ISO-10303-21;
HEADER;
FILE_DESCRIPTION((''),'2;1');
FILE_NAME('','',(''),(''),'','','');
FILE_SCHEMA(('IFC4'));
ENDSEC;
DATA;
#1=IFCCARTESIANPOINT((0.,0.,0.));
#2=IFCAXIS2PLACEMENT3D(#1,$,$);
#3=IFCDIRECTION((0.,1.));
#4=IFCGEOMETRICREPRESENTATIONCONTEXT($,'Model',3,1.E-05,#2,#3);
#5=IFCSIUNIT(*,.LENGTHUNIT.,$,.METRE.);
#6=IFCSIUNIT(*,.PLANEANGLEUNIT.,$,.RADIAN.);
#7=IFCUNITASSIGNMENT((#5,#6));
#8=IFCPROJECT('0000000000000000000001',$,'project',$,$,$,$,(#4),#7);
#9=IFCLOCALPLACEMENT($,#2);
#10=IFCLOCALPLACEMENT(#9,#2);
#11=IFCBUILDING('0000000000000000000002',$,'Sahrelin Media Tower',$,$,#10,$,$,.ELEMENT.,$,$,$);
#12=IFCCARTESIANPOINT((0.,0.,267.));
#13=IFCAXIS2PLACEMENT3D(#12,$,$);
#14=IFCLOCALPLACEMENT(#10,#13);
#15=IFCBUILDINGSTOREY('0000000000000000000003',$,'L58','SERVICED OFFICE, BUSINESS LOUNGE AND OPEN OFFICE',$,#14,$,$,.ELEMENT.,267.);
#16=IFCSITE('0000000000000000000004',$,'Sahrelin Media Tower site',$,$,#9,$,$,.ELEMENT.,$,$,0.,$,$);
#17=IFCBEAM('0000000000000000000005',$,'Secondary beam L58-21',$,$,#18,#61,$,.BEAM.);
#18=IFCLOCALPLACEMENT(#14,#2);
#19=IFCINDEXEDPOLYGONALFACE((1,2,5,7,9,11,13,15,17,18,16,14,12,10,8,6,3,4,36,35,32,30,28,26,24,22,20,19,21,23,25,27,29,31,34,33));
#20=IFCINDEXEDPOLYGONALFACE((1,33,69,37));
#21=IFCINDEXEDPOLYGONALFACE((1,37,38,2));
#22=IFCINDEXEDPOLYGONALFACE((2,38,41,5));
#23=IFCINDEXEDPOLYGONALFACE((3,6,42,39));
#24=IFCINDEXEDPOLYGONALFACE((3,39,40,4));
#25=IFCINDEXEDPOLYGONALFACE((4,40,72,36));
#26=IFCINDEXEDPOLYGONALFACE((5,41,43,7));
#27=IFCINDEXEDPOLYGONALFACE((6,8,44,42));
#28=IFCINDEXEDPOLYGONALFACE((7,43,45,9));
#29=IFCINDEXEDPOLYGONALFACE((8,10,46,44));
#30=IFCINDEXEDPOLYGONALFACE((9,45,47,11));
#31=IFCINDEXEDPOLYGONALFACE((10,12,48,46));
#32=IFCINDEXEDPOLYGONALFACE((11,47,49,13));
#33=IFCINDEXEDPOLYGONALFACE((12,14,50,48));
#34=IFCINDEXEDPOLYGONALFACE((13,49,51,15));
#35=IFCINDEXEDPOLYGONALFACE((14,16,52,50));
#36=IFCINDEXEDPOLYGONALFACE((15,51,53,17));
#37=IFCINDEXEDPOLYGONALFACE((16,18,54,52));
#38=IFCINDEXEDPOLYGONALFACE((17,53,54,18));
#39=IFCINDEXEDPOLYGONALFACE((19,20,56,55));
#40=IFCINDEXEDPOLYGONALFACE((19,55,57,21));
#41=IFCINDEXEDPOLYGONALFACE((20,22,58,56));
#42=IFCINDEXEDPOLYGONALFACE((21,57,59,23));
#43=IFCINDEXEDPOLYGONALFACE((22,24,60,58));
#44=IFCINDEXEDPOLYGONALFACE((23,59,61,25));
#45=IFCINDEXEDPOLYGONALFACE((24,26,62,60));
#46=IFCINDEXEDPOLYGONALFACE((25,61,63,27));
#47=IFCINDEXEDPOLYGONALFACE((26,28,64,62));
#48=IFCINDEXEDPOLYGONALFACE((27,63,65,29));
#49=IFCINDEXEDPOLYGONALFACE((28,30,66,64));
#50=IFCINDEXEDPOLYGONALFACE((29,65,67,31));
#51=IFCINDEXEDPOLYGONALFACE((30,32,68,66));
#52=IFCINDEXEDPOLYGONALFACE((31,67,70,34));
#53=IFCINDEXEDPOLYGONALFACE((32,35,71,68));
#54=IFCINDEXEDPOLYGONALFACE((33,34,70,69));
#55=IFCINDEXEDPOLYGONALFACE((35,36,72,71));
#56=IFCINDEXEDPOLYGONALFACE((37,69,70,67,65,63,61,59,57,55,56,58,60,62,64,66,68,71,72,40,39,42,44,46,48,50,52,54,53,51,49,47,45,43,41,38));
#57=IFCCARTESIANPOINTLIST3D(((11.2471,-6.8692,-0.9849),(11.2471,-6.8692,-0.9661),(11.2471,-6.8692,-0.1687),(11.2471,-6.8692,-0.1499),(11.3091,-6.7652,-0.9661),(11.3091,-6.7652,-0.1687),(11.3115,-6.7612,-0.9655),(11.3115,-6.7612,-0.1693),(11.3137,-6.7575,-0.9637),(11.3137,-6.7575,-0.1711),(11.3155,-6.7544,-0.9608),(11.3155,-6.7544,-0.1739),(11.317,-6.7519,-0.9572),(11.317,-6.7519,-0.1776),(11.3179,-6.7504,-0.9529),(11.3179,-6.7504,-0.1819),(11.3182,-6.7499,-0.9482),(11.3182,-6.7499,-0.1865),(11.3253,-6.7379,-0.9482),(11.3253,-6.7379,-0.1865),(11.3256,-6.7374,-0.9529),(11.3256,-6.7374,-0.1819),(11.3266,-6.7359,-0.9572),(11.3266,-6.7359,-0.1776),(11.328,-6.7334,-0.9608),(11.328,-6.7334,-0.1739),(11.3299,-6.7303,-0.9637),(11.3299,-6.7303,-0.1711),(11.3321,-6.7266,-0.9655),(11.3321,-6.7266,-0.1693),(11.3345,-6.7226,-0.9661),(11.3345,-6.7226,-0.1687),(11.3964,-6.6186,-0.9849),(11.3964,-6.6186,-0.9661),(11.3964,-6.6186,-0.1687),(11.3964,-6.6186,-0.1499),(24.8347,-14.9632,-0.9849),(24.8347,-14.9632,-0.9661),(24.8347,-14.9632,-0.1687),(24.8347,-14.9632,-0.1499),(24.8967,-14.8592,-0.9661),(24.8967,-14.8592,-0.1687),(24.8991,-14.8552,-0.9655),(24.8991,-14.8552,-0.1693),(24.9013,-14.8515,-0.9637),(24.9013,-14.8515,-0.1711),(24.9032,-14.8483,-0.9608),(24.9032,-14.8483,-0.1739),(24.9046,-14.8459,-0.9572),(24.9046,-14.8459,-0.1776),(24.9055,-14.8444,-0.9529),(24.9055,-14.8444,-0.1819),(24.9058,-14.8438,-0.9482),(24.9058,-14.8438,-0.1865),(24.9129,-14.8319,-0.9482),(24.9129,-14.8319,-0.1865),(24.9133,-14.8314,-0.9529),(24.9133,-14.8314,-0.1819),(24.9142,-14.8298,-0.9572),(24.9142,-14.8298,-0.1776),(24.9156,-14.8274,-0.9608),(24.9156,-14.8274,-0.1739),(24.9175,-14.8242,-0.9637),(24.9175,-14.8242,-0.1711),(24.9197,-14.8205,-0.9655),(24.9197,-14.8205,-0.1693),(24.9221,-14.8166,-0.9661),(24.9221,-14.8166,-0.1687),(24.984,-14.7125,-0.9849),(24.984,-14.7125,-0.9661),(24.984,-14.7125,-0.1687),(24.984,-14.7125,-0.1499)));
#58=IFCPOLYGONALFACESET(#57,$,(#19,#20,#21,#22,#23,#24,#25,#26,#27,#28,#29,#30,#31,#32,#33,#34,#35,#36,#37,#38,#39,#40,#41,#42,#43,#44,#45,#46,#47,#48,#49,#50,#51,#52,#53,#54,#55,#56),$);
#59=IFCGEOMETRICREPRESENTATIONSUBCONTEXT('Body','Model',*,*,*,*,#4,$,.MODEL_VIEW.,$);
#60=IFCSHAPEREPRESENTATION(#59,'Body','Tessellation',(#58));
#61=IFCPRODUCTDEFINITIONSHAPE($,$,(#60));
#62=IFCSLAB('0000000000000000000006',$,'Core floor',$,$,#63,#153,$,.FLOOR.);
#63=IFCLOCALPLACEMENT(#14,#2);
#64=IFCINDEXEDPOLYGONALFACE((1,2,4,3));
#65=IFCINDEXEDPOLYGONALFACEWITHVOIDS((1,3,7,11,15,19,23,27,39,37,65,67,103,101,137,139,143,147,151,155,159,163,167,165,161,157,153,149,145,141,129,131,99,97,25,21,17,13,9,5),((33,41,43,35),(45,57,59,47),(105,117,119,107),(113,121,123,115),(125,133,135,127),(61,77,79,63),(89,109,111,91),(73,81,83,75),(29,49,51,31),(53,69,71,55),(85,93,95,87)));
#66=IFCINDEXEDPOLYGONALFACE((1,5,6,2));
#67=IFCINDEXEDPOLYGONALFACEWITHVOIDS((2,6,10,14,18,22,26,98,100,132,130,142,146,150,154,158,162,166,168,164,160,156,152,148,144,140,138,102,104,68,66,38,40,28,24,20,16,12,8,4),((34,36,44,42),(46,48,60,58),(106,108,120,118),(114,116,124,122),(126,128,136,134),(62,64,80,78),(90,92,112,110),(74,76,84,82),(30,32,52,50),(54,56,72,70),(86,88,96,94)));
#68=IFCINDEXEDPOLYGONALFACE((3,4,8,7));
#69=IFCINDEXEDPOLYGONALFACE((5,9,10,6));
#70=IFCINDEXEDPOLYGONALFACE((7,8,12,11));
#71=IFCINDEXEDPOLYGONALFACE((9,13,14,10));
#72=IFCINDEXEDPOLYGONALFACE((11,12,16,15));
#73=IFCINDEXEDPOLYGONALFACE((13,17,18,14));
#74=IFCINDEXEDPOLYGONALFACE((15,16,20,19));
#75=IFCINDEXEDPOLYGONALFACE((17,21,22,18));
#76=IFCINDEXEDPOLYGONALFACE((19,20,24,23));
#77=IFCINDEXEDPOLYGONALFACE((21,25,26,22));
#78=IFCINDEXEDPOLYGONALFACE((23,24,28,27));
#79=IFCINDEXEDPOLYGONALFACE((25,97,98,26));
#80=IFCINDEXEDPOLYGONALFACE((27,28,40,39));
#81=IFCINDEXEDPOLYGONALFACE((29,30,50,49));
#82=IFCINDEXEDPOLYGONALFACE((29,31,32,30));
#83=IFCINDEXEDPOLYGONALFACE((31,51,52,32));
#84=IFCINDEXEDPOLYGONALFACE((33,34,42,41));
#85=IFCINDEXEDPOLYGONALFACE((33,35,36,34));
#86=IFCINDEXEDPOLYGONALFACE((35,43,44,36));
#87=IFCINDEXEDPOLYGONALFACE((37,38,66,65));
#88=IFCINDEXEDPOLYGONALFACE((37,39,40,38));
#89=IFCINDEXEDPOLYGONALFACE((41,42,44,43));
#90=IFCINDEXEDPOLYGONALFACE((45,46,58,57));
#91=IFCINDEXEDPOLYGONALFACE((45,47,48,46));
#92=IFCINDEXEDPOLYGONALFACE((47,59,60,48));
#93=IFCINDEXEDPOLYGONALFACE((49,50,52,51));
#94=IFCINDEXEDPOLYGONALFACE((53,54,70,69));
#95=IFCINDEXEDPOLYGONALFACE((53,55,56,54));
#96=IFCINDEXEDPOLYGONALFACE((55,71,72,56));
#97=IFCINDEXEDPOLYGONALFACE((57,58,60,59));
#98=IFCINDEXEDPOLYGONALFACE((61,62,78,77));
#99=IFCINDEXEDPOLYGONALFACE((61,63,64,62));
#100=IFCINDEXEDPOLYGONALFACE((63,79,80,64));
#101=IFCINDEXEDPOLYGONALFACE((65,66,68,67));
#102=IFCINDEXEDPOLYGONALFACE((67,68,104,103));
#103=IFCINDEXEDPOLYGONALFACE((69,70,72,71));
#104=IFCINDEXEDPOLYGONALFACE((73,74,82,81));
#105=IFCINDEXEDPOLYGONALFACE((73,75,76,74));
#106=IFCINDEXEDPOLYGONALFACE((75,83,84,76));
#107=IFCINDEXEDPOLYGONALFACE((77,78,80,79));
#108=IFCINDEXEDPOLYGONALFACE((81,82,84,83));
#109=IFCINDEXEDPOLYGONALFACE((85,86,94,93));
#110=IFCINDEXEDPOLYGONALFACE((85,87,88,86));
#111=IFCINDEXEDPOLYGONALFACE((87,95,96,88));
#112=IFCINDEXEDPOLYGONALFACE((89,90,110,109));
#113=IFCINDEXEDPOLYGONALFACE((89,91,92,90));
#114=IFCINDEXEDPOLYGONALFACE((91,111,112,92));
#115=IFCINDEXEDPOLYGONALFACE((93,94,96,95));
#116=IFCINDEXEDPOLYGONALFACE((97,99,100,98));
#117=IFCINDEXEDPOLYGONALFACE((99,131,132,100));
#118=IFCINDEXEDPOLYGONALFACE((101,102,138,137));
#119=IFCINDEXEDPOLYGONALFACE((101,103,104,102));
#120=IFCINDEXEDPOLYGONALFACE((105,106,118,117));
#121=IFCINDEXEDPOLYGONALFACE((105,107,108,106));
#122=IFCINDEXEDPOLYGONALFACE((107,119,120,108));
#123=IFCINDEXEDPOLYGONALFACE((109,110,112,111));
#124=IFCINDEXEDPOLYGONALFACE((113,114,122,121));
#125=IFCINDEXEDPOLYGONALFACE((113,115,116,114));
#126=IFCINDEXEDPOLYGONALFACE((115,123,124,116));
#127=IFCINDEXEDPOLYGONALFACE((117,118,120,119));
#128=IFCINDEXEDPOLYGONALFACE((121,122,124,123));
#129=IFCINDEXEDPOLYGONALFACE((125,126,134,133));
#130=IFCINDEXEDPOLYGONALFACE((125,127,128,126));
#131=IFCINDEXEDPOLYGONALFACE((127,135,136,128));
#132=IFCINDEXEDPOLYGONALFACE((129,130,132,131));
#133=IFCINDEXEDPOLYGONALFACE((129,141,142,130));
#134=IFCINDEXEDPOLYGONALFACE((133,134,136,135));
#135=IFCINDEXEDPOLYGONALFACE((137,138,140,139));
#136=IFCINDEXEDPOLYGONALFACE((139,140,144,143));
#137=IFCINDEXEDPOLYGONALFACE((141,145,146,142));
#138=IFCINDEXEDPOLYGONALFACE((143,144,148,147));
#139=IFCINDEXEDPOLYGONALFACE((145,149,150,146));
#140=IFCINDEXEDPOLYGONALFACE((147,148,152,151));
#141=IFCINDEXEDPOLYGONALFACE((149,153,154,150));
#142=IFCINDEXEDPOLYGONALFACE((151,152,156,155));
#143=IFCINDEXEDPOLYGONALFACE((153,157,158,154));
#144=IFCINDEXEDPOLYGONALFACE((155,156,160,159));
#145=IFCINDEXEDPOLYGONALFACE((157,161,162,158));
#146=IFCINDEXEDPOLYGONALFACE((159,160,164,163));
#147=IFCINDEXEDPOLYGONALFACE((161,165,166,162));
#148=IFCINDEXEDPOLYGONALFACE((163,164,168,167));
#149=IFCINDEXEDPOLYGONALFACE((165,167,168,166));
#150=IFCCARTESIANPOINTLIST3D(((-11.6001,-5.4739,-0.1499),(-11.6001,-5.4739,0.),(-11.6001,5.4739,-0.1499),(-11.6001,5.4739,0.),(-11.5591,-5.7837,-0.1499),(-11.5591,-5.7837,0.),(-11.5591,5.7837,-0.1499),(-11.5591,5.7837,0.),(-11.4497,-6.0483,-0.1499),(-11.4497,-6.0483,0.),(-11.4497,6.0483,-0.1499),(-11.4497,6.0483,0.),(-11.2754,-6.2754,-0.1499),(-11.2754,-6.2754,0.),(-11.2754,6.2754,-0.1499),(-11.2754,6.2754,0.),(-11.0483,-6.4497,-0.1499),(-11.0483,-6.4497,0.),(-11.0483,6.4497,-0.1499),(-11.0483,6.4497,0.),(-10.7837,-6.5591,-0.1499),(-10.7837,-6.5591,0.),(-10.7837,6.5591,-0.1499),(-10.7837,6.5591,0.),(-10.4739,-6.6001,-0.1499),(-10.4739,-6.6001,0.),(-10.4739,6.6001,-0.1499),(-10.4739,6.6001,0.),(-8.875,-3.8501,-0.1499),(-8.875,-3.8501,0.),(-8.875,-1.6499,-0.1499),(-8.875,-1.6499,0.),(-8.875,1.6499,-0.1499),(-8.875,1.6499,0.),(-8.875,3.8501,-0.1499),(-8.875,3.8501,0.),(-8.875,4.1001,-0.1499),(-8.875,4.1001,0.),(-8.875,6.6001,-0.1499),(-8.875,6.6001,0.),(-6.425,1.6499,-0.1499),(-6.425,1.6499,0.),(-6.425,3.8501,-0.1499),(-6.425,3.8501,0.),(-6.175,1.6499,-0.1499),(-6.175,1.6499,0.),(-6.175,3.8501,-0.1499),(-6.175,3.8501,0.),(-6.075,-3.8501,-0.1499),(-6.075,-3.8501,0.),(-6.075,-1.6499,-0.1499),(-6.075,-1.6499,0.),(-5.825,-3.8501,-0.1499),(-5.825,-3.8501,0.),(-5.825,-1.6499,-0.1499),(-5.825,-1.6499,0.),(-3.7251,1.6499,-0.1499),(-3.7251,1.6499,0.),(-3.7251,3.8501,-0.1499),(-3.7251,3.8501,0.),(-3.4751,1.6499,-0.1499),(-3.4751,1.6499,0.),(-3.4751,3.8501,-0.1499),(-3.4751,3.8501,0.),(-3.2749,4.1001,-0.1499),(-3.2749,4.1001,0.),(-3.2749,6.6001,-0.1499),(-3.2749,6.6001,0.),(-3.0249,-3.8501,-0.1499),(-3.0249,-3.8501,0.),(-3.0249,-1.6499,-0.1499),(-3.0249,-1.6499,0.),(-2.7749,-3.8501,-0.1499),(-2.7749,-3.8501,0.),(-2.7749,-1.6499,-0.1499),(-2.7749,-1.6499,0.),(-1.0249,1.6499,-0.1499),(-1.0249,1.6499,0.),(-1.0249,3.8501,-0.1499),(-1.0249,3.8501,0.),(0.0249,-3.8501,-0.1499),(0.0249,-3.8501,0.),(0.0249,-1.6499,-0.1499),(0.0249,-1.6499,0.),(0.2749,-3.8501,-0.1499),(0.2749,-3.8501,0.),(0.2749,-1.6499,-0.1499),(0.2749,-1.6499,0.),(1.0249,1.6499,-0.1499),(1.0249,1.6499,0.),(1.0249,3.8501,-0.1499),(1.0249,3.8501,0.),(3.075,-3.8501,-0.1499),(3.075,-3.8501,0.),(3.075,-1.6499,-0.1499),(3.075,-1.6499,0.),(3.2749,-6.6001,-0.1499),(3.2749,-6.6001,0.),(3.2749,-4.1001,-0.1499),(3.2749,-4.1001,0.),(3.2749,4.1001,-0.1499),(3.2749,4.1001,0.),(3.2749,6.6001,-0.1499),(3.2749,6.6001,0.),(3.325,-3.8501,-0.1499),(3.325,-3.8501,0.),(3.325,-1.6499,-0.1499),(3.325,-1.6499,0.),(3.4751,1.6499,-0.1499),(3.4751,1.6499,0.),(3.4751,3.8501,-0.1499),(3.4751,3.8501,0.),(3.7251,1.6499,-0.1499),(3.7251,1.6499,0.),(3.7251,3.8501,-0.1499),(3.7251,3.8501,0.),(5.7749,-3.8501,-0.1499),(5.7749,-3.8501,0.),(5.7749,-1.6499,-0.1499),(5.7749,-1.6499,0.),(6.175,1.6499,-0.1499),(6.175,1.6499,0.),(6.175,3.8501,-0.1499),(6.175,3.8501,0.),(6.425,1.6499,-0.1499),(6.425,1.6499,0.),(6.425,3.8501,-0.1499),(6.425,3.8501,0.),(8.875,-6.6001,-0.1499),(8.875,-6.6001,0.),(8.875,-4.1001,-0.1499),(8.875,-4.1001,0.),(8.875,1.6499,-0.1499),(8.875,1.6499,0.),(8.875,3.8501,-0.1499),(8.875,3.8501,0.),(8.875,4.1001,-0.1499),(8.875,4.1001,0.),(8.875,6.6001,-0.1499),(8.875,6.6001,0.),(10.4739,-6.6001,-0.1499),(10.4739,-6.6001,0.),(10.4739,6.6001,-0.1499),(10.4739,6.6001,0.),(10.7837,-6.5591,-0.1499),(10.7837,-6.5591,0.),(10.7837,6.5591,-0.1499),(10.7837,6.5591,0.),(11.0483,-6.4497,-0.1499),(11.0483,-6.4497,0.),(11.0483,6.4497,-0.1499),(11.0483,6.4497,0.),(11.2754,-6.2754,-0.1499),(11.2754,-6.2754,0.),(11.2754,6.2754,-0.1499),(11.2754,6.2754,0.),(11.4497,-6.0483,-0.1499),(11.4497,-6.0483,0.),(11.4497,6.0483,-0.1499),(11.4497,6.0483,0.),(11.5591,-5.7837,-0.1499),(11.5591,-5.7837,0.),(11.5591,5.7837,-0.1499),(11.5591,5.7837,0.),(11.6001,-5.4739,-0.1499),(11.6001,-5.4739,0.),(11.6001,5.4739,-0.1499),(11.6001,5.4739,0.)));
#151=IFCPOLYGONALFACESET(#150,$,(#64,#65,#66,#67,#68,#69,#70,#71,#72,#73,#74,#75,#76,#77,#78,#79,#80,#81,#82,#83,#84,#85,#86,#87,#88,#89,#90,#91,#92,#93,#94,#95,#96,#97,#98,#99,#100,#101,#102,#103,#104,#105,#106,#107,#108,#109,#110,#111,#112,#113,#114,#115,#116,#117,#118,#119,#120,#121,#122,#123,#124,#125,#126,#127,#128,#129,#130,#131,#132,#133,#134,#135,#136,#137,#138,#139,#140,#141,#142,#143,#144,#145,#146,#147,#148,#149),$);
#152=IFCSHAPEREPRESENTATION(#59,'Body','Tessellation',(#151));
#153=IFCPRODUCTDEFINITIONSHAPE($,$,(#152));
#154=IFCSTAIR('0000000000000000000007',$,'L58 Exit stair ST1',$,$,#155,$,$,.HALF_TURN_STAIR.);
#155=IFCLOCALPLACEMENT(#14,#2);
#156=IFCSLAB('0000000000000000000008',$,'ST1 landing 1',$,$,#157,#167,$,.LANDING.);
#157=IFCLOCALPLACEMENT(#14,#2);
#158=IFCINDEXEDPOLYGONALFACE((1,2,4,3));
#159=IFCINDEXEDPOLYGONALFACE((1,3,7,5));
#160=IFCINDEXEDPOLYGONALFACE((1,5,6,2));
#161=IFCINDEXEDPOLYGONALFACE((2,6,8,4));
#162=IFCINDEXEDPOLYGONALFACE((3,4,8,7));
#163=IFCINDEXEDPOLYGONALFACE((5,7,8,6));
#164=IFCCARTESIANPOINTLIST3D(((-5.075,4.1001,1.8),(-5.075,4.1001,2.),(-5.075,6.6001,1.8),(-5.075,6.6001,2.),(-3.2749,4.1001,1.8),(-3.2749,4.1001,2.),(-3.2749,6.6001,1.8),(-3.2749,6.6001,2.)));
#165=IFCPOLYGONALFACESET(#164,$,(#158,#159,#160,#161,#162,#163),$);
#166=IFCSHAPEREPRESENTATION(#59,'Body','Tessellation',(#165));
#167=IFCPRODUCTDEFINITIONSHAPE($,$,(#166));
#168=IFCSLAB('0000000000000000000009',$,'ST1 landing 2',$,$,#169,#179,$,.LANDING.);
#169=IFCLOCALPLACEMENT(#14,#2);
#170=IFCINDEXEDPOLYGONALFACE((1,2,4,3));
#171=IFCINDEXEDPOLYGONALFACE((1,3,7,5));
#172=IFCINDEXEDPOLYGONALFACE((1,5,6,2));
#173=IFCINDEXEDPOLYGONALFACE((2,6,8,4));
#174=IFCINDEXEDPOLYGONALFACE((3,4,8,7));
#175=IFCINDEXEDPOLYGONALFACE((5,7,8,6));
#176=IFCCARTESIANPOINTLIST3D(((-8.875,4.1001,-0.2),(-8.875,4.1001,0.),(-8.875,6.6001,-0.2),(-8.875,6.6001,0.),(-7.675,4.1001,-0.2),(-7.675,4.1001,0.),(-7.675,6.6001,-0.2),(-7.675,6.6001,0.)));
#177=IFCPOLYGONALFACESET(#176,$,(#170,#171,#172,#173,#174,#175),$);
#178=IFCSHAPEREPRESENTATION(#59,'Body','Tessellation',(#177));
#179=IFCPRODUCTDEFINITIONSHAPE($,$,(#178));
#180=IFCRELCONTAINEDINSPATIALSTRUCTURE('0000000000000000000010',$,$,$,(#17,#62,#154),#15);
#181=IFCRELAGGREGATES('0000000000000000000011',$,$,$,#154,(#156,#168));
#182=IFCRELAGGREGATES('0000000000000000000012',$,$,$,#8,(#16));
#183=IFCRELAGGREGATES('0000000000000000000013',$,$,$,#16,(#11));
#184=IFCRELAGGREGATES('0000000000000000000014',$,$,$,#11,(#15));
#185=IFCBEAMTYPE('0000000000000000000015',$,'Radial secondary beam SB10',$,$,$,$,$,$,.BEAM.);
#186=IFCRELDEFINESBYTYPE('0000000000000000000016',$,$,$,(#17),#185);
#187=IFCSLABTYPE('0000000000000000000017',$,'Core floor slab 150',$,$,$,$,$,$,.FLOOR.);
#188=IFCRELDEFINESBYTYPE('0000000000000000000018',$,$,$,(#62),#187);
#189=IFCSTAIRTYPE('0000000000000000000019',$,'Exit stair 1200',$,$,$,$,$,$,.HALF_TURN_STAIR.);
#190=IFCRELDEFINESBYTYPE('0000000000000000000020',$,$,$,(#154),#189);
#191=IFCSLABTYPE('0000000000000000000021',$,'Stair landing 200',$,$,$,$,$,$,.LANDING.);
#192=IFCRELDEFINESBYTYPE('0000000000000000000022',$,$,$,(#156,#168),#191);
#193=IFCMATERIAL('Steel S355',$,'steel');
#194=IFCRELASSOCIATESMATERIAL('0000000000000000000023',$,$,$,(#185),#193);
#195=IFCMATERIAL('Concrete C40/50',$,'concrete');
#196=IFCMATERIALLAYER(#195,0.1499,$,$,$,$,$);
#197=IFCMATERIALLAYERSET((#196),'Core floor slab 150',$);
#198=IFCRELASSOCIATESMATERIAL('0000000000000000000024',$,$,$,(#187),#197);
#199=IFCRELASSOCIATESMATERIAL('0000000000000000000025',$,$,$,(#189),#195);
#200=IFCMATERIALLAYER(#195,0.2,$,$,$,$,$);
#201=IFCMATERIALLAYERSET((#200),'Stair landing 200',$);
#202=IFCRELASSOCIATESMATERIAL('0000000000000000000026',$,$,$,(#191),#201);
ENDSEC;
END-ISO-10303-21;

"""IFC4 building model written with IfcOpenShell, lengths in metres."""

from ifc_helpers import new_model, si_unit, direction, frame, origin, origin_2d, place, context, subcontext, project, spatial, polyline, i_section, outline, extrude, material, layer, layer_set, material_profile, profile_set, type_object, element, aggregate, save


model = new_model("IFC4")

# Units and contexts
model_context = context("Model", 3, precision=1e-05, world=origin(), true_north=direction((0.0, 1.0)))
body_context = subcontext(model_context, "Body", "Model", "MODEL_VIEW")
ifc_project = project(units=[si_unit("LENGTHUNIT", "METRE"), si_unit("PLANEANGLEUNIT", "RADIAN")], contexts=[model_context])

# Site, building, storey
site_placement = place(None, origin())
site = spatial("IfcSite", under=ifc_project, at=site_placement, Name="Sahrelin Media Tower site", CompositionType="ELEMENT", RefElevation=0.0)
building_placement = place(site_placement, origin())
building = spatial("IfcBuilding", under=site, at=building_placement, Name="Sahrelin Media Tower", CompositionType="ELEMENT")
storey_placement = place(building_placement, frame((0.0, 0.0, 267.0)))
storey = spatial("IfcBuildingStorey", under=building, at=storey_placement, Name="L58", Description="SERVICED OFFICE, BUSINESS LOUNGE AND OPEN OFFICE", CompositionType="ELEMENT", Elevation=267.0)

# Beam
ifc_material_1 = material(Name="Steel S355", Category="steel")
ifc_material_profile = material_profile(ifc_material_1, i_section(OverallWidth=0.2917, OverallDepth=0.835, WebThickness=0.0139, FlangeThickness=0.0188, FilletRadius=0.0178, at=origin_2d()), Name="UB 838x292x176")
ifc_profile_set = profile_set([ifc_material_profile], Name="Steel S355")
beam_type = type_object("IfcBeamType", Name="Radial secondary beam SB10", PredefinedType="BEAM", material=ifc_profile_set)
beam_placement = place(storey_placement, frame((11.3218, -6.7439, -0.5674), z_axis=(0.859123, -0.511769, 0.0), x_axis=(0.511769, 0.859123, 0.0)))
element("IfcBeam", 1, at=beam_placement, inside=storey, type_object=beam_type, Name="Secondary beam L58-21", PredefinedType="BEAM", context=body_context, shape_type="SweptSolid", body=[
    extrude(i_section(OverallWidth=0.2917, OverallDepth=0.835, WebThickness=0.0139, FlangeThickness=0.0188, FilletRadius=0.0178, at=origin_2d()), origin(), (0.0, 0.0, 1.0), 15.8157),
])

# Slab
ifc_material_2 = material(Name="Concrete C40/50", Category="concrete")
ifc_layer_1 = layer(ifc_material_2, 0.1499)
ifc_layer_set_1 = layer_set([ifc_layer_1], Name="Core floor slab 150")
slab_type_1 = type_object("IfcSlabType", Name="Core floor slab 150", PredefinedType="FLOOR", material=ifc_layer_set_1)
slab_1_placement = place(storey_placement, frame((0.0, 0.0, -0.1499)))
element("IfcSlab", 2, at=slab_1_placement, inside=storey, type_object=slab_type_1, Name="Core floor", PredefinedType="FLOOR", context=body_context, shape_type="SweptSolid", body=[
    extrude(outline(polyline([(-11.6001, -5.4739), (-11.5591, -5.7837), (-11.4497, -6.0483), (-11.2754, -6.2754), (-11.0483, -6.4497), (-10.7837, -6.5591), (-10.4739, -6.6001), (3.2749, -6.6001), (3.2749, -4.1001), (8.875, -4.1001), (8.875, -6.6001), (10.4739, -6.6001), (10.7837, -6.5591), (11.0483, -6.4497), (11.2754, -6.2754), (11.4497, -6.0483), (11.5591, -5.7837), (11.6001, -5.4739), (11.6001, 5.4739), (11.5591, 5.7837), (11.4497, 6.0483), (11.2754, 6.2754), (11.0483, 6.4497), (10.7837, 6.5591), (10.4739, 6.6001), (8.875, 6.6001), (8.875, 4.1001), (3.2749, 4.1001), (3.2749, 6.6001), (-3.2749, 6.6001), (-3.2749, 4.1001), (-8.875, 4.1001), (-8.875, 6.6001), (-10.4739, 6.6001), (-10.7837, 6.5591), (-11.0483, 6.4497), (-11.2754, 6.2754), (-11.4497, 6.0483), (-11.5591, 5.7837), (-11.6001, 5.4739), (-11.6001, -5.4739)]), holes=[polyline([(-8.875, 3.8501), (-8.875, 1.6499), (-6.425, 1.6499), (-6.425, 3.8501), (-8.875, 3.8501)]), polyline([(-3.7251, 3.8501), (-6.175, 3.8501), (-6.175, 1.6499), (-3.7251, 1.6499), (-3.7251, 3.8501)]), polyline([(-1.0249, 1.6499), (-1.0249, 3.8501), (-3.4751, 3.8501), (-3.4751, 1.6499), (-1.0249, 1.6499)]), polyline([(1.0249, 1.6499), (3.4751, 1.6499), (3.4751, 3.8501), (1.0249, 3.8501), (1.0249, 1.6499)]), polyline([(3.7251, 3.8501), (3.7251, 1.6499), (6.175, 1.6499), (6.175, 3.8501), (3.7251, 3.8501)]), polyline([(8.875, 3.8501), (6.425, 3.8501), (6.425, 1.6499), (8.875, 1.6499), (8.875, 3.8501)]), polyline([(-6.075, -3.8501), (-6.075, -1.6499), (-8.875, -1.6499), (-8.875, -3.8501), (-6.075, -3.8501)]), polyline([(-5.825, -3.8501), (-3.0249, -3.8501), (-3.0249, -1.6499), (-5.825, -1.6499), (-5.825, -3.8501)]), polyline([(-2.7749, -1.6499), (-2.7749, -3.8501), (0.0249, -3.8501), (0.0249, -1.6499), (-2.7749, -1.6499)]), polyline([(3.075, -1.6499), (0.2749, -1.6499), (0.2749, -3.8501), (3.075, -3.8501), (3.075, -1.6499)]), polyline([(5.7749, -3.8501), (5.7749, -1.6499), (3.325, -1.6499), (3.325, -3.8501), (5.7749, -3.8501)])]), origin(), (0.0, 0.0, 1.0), 0.1499),
])

# Stair, slabs
stair_type = type_object("IfcStairType", Name="Exit stair 1200", PredefinedType="HALF_TURN_STAIR", material=ifc_material_2)
placement_1 = place(storey_placement, origin())
stair_1 = element("IfcStair", 3, at=placement_1, inside=storey, type_object=stair_type, Name="L58 Exit stair ST1", PredefinedType="HALF_TURN_STAIR")
ifc_layer_2 = layer(ifc_material_2, 0.2)
ifc_layer_set_2 = layer_set([ifc_layer_2], Name="Stair landing 200")
slab_type_2 = type_object("IfcSlabType", Name="Stair landing 200", PredefinedType="LANDING", material=ifc_layer_set_2)
placement_2 = place(storey_placement, frame((0.0, 0.0, 1.8)))
slab_2 = element("IfcSlab", 4, at=placement_2, type_object=slab_type_2, Name="ST1 landing 1", PredefinedType="LANDING", context=body_context, shape_type="SweptSolid", body=[
    extrude(outline(polyline([(-5.075, 4.1001), (-3.2749, 4.1001), (-3.2749, 6.6001), (-5.075, 6.6001), (-5.075, 4.1001)])), origin(), (0.0, 0.0, 1.0), 0.2),
])
placement_3 = place(storey_placement, frame((0.0, 0.0, -0.2)))
slab_3 = element("IfcSlab", 5, at=placement_3, type_object=slab_type_2, Name="ST1 landing 2", PredefinedType="LANDING", context=body_context, shape_type="SweptSolid", body=[
    extrude(outline(polyline([(-8.875, 4.1001), (-7.675, 4.1001), (-7.675, 6.6001), (-8.875, 6.6001), (-8.875, 4.1001)])), origin(), (0.0, 0.0, 1.0), 0.2),
])
aggregate(stair_1, [slab_2, slab_3])

save(model, "model.ifc")
